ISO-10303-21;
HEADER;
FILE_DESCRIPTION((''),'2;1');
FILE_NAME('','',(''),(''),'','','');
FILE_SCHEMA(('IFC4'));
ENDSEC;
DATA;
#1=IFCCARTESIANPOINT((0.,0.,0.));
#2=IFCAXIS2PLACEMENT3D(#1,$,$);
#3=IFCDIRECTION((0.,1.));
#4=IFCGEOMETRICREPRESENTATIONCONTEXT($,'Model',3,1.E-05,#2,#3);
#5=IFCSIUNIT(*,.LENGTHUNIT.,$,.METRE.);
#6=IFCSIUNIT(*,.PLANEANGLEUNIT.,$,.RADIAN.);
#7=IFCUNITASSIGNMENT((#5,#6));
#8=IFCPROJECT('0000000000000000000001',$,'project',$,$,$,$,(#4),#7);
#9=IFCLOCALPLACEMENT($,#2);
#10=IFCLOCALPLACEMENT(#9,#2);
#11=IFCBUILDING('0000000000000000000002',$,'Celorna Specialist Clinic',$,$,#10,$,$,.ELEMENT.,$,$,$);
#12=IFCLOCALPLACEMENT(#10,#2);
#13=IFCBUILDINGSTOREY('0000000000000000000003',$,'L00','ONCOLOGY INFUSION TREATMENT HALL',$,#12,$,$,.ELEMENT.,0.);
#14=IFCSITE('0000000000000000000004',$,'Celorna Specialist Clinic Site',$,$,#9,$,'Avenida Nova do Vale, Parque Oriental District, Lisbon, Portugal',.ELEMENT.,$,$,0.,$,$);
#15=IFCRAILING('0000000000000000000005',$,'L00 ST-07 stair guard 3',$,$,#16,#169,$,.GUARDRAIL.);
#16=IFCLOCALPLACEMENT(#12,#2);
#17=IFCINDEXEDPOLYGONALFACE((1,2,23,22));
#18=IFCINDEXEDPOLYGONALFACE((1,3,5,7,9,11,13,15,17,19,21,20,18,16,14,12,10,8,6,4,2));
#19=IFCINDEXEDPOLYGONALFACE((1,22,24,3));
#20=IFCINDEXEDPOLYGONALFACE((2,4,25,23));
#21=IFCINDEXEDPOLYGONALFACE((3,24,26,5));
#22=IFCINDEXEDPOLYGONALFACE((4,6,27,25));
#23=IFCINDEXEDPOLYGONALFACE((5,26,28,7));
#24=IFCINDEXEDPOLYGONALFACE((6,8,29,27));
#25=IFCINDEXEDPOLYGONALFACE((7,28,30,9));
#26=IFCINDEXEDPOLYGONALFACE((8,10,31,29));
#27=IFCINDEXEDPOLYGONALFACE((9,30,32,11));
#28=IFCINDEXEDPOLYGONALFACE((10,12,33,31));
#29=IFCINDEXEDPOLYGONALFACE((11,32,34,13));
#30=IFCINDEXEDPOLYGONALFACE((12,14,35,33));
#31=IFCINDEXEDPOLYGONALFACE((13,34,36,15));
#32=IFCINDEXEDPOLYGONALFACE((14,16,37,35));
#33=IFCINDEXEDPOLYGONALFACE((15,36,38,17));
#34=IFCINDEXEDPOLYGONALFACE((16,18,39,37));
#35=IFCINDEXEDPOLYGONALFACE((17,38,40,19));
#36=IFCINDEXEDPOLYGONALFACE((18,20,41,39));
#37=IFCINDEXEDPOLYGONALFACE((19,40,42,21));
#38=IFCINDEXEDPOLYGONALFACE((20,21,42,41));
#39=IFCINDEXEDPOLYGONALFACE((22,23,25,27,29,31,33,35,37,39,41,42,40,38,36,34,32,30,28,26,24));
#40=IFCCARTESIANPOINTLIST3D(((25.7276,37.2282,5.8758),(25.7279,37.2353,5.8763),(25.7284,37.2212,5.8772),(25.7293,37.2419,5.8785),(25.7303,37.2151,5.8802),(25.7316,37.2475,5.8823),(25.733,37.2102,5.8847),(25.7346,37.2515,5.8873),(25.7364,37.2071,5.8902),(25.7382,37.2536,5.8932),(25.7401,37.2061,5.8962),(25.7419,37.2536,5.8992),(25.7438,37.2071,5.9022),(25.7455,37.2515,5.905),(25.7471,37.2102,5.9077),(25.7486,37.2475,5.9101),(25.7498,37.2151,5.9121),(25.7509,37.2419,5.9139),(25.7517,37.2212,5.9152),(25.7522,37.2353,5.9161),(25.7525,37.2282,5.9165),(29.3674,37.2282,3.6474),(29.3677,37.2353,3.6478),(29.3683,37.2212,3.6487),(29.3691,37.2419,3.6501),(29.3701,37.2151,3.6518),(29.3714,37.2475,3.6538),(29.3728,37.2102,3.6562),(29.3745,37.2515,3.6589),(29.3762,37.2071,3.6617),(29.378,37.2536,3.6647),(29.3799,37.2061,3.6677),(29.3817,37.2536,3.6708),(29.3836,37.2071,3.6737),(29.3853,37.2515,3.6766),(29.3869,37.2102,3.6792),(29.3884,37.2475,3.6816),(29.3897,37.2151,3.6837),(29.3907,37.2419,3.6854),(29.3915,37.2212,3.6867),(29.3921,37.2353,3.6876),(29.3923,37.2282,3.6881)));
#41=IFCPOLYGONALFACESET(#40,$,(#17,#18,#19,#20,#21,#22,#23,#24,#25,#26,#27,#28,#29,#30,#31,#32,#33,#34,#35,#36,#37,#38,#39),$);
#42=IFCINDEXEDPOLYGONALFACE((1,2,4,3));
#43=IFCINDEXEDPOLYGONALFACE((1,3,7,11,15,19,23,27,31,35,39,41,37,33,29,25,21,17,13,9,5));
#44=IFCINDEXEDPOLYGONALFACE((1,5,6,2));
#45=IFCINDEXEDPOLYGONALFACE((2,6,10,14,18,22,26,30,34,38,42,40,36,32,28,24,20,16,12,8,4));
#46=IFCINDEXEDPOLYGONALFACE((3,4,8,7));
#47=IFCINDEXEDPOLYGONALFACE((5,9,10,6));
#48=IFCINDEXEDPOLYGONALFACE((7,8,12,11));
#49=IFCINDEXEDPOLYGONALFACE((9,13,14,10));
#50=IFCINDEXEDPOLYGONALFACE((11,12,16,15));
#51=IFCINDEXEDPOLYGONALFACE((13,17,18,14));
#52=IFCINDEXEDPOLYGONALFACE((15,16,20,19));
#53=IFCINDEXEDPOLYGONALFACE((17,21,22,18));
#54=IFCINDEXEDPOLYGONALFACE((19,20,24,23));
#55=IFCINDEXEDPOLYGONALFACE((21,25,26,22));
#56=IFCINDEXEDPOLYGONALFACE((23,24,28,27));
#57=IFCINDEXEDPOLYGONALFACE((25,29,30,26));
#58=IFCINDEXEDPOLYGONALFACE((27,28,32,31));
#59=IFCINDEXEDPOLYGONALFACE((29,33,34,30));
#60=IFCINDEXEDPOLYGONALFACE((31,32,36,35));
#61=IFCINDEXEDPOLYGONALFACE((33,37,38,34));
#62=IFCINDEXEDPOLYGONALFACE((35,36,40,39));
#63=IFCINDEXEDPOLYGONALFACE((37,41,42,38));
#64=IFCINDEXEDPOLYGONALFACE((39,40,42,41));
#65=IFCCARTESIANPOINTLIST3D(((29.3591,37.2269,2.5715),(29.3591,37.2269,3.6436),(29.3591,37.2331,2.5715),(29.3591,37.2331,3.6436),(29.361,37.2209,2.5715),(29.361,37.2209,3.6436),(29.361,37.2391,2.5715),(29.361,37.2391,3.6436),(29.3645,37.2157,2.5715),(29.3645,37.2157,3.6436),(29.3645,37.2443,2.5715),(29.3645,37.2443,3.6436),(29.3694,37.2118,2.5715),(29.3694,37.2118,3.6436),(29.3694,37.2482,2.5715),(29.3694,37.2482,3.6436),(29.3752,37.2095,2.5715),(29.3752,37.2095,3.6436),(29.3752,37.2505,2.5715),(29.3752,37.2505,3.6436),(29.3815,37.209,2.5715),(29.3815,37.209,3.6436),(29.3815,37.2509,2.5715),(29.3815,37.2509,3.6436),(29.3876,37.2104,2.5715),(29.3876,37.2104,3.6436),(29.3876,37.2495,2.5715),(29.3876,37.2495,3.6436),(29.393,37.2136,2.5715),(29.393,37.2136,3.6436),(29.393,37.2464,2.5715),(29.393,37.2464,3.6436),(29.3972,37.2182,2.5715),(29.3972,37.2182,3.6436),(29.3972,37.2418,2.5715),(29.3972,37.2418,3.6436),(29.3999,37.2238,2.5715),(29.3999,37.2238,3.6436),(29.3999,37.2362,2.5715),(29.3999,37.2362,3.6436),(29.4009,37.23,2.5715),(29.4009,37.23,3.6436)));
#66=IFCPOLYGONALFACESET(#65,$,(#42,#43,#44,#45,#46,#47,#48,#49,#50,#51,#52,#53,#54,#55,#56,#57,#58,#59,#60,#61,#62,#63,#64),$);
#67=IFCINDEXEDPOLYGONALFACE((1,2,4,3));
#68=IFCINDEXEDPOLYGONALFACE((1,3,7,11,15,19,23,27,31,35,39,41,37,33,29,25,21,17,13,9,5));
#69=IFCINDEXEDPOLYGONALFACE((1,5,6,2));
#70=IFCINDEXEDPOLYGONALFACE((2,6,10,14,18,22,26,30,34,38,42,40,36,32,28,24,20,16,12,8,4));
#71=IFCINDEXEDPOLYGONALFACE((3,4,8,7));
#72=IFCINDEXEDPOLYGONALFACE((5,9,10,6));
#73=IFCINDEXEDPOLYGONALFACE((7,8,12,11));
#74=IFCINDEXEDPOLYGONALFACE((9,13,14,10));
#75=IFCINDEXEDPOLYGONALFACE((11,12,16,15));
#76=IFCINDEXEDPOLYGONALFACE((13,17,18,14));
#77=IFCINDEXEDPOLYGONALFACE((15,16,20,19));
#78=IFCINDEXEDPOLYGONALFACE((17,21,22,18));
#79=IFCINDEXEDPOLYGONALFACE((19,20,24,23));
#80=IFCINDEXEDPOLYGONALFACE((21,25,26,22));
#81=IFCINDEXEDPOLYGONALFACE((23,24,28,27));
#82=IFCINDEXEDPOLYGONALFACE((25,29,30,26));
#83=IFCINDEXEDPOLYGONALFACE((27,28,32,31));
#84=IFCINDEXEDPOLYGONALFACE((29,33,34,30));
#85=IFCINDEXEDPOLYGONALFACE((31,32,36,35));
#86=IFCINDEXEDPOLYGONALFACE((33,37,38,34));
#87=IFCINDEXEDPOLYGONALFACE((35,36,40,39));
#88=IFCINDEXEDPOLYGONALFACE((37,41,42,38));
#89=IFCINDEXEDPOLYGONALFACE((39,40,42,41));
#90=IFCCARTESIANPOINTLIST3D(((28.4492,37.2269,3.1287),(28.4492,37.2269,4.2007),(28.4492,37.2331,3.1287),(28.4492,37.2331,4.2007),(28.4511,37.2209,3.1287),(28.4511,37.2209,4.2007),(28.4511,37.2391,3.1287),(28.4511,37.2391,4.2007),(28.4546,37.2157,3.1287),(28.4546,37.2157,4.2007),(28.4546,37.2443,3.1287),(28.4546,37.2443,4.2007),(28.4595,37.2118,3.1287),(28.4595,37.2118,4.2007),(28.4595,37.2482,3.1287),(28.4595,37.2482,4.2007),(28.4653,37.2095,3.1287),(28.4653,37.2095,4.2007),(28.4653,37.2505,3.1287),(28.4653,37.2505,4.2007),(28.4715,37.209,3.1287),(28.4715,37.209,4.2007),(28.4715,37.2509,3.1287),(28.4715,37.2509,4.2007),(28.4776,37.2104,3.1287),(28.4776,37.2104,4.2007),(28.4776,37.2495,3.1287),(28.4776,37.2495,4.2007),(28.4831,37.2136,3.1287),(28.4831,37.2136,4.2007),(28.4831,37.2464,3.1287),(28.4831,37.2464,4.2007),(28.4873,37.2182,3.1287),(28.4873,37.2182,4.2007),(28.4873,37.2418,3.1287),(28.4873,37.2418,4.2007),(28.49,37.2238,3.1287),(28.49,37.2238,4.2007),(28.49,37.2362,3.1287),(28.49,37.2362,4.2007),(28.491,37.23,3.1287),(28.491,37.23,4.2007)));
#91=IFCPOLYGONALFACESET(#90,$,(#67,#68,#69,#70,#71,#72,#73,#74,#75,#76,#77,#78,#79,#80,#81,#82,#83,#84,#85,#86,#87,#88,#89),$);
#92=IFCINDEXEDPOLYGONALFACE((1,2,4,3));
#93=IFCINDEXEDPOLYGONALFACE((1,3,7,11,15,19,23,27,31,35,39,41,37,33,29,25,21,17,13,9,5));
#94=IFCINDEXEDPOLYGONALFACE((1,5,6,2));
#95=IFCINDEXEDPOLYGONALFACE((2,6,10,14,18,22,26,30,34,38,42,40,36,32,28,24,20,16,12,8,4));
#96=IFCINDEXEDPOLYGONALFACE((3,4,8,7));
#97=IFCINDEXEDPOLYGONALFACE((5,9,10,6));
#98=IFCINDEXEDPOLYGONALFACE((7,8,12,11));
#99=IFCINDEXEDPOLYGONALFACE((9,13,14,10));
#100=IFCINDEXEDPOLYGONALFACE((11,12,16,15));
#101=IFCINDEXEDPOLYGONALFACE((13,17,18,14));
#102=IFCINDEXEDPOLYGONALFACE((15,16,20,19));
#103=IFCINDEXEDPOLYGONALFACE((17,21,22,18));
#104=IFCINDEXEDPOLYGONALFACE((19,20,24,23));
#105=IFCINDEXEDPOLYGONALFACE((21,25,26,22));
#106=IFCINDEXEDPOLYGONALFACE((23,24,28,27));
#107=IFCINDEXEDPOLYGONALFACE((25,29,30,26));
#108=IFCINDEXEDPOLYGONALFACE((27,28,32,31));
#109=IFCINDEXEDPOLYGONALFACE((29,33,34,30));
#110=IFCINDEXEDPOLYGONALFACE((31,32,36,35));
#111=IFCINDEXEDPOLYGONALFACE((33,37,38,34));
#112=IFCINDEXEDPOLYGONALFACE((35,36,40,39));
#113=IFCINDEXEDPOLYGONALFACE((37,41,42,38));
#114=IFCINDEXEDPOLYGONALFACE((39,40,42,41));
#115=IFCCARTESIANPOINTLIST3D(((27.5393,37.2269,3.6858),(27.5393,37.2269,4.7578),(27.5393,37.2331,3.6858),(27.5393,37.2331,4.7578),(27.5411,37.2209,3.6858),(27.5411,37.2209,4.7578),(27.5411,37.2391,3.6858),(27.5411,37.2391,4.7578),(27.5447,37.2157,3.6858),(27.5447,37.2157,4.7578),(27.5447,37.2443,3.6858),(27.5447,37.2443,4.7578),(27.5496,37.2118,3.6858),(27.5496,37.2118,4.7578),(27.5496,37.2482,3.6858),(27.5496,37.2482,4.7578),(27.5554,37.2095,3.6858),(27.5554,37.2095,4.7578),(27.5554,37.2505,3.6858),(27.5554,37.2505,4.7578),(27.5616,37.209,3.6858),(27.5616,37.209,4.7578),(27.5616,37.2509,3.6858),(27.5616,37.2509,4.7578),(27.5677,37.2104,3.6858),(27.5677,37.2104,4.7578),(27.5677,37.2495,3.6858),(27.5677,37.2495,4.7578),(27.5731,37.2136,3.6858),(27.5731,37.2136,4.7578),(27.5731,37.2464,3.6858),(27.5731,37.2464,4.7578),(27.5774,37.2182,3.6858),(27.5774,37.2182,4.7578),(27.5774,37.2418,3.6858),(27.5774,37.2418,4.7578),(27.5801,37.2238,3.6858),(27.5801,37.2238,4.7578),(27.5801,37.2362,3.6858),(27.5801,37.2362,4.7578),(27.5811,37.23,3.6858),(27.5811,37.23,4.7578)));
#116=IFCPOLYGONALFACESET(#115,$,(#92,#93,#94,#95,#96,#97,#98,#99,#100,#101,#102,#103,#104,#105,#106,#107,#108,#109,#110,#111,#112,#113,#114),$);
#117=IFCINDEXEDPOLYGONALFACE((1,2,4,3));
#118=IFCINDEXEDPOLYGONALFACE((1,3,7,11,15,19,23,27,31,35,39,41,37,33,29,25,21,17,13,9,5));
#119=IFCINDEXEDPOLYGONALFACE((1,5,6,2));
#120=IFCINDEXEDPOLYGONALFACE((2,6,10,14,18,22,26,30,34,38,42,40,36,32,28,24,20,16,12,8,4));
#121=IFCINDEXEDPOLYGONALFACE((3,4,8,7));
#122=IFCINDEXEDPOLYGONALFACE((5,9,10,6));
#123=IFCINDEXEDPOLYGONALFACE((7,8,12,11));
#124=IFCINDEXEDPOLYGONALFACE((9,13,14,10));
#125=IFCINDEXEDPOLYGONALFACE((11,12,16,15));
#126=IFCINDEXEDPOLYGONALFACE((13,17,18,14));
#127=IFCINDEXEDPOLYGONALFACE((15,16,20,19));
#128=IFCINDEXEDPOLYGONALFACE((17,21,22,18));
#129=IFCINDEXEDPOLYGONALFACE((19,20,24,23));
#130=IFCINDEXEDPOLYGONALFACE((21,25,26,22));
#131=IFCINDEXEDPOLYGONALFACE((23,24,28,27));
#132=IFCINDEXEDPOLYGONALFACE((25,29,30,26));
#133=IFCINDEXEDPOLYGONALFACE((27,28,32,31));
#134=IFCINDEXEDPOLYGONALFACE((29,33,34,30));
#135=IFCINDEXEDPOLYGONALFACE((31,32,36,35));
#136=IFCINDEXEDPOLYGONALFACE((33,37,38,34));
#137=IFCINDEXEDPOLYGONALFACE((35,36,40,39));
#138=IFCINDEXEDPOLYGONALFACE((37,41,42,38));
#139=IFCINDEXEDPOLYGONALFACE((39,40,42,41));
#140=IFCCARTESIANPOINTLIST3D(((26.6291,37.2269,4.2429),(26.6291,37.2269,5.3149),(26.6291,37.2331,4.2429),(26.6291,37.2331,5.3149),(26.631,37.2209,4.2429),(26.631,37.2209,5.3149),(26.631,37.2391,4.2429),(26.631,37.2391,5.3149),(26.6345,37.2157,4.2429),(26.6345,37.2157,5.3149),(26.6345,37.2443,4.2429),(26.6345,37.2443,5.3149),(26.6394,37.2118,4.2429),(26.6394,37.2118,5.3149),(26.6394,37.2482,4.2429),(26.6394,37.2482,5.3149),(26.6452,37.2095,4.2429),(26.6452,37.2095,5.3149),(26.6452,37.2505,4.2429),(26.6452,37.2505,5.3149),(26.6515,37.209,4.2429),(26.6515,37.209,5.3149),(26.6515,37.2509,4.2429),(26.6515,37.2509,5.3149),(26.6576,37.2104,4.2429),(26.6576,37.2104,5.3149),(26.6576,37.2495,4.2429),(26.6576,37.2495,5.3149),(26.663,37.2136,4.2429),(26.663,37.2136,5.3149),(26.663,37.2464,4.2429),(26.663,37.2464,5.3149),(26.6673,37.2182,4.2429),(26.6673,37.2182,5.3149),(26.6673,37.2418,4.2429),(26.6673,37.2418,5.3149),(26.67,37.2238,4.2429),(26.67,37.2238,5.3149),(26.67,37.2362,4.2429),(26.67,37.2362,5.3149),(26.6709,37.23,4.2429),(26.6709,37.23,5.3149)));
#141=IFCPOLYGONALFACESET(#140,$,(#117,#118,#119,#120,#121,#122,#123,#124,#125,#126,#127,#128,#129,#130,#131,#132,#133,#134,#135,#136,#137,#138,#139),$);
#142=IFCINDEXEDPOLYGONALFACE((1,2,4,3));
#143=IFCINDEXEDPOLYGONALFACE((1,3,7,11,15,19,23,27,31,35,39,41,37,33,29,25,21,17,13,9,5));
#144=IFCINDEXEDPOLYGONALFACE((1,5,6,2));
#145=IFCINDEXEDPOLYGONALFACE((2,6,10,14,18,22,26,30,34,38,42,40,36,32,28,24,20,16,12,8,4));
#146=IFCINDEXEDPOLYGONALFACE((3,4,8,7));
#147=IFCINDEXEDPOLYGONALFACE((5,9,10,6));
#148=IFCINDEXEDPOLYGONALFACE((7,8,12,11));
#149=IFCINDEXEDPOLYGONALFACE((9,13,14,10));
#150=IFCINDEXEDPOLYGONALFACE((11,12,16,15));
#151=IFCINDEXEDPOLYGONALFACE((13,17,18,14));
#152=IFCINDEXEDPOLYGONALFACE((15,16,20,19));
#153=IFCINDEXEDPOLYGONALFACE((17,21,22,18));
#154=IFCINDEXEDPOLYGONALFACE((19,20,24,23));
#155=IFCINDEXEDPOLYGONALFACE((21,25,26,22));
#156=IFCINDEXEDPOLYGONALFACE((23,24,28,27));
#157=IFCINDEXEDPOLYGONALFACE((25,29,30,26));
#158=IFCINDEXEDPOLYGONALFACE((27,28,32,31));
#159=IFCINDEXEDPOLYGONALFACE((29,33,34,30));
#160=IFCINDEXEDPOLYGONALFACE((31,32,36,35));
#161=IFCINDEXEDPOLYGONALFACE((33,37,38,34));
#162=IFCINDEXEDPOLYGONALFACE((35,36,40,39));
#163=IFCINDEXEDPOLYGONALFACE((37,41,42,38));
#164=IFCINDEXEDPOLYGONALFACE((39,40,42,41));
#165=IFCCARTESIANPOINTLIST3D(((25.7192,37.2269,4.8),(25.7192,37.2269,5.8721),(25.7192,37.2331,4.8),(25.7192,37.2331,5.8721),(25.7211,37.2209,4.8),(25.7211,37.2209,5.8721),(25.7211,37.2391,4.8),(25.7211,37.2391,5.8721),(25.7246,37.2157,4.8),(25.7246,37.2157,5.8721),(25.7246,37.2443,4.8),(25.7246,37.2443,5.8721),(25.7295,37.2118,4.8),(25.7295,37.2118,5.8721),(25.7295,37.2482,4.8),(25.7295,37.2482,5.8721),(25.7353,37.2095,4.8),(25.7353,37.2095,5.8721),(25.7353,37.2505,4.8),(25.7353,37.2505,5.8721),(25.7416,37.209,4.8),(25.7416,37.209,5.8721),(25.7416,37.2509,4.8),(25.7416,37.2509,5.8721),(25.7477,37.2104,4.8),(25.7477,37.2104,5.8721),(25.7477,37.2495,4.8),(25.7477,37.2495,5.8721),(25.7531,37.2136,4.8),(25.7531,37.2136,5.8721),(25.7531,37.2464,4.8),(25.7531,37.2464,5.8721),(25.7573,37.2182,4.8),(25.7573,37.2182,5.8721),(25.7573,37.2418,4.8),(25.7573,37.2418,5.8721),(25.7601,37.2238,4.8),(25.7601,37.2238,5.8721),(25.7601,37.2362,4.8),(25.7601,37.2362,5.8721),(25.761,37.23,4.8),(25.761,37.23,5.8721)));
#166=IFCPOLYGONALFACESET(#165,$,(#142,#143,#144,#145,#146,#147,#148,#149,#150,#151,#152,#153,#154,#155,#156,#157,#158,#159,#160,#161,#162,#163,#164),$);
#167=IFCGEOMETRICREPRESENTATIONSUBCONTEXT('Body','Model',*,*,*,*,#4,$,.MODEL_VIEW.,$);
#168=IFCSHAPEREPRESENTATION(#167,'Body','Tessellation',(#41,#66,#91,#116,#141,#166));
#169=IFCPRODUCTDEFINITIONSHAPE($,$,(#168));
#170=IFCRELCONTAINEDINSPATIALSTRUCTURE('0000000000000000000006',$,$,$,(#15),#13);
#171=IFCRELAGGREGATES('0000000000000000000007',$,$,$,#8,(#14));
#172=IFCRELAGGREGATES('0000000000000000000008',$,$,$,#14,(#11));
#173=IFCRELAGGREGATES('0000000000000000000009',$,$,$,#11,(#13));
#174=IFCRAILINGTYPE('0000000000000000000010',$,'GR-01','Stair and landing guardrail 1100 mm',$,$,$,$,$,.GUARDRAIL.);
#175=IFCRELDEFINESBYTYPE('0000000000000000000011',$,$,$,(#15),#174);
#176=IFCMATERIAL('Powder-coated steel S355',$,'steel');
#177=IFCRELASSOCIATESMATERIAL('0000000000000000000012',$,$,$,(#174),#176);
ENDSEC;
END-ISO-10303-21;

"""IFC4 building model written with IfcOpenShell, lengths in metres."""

from ifc_helpers import new_model, si_unit, direction, frame, origin, origin_2d, place, context, subcontext, project, spatial, circle, extrude, material, type_object, element, save


model = new_model("IFC4")

# Units and contexts
model_context = context("Model", 3, precision=1e-05, world=origin(), true_north=direction((0.0, 1.0)))
body_context = subcontext(model_context, "Body", "Model", "MODEL_VIEW")
ifc_project = project(units=[si_unit("LENGTHUNIT", "METRE"), si_unit("PLANEANGLEUNIT", "RADIAN")], contexts=[model_context])

# Site, building, storey
site_placement = place(None, origin())
site = spatial("IfcSite", under=ifc_project, at=site_placement, Name="Celorna Specialist Clinic Site", LongName="Avenida Nova do Vale, Parque Oriental District, Lisbon, Portugal", CompositionType="ELEMENT", RefElevation=0.0)
building_placement = place(site_placement, origin())
building = spatial("IfcBuilding", under=site, at=building_placement, Name="Celorna Specialist Clinic", CompositionType="ELEMENT")
storey_placement = place(building_placement, origin())
storey = spatial("IfcBuildingStorey", under=building, at=storey_placement, Name="L00", Description="ONCOLOGY INFUSION TREATMENT HALL", CompositionType="ELEMENT", Elevation=0.0)

# Railing
ifc_material_1 = material(Name="Powder-coated steel S355", Category="steel")
railing_type_1 = type_object("IfcRailingType", Name="GR-01", Description="Stair and landing guardrail 1100 mm", PredefinedType="GUARDRAIL", material=ifc_material_1)
railing_1_placement = place(storey_placement, frame((29.3799, 37.23, 2.5715)))
element("IfcRailing", 1, at=railing_1_placement, inside=storey, type_object=railing_type_1, Name="L00 ST-07 stair guard 3", PredefinedType="GUARDRAIL", context=body_context, shape_type="SweptSolid", body=[
    extrude(circle(Radius=0.0239, at=origin_2d()), frame((0.0, 0.0, 1.0962), z_axis=(-0.85285, 0.0, 0.522156), x_axis=(0.0, -1.0, 0.0)), (0.0, 0.0, 1.0), 4.2678),
    extrude(circle(Radius=0.021, at=origin_2d()), origin(), (0.0, 0.0, 1.0), 1.072),
    extrude(circle(Radius=0.021, at=origin_2d()), frame((-0.9099, 0.0, 0.5571)), (0.0, 0.0, 1.0), 1.072),
    extrude(circle(Radius=0.021, at=origin_2d()), frame((-1.8198, 0.0, 1.1143)), (0.0, 0.0, 1.0), 1.072),
    extrude(circle(Radius=0.021, at=origin_2d()), frame((-2.73, 0.0, 1.6714)), (0.0, 0.0, 1.0), 1.072),
    extrude(circle(Radius=0.021, at=origin_2d()), frame((-3.6399, 0.0, 2.2285)), (0.0, 0.0, 1.0), 1.072),
])

save(model, "model.ifc")
